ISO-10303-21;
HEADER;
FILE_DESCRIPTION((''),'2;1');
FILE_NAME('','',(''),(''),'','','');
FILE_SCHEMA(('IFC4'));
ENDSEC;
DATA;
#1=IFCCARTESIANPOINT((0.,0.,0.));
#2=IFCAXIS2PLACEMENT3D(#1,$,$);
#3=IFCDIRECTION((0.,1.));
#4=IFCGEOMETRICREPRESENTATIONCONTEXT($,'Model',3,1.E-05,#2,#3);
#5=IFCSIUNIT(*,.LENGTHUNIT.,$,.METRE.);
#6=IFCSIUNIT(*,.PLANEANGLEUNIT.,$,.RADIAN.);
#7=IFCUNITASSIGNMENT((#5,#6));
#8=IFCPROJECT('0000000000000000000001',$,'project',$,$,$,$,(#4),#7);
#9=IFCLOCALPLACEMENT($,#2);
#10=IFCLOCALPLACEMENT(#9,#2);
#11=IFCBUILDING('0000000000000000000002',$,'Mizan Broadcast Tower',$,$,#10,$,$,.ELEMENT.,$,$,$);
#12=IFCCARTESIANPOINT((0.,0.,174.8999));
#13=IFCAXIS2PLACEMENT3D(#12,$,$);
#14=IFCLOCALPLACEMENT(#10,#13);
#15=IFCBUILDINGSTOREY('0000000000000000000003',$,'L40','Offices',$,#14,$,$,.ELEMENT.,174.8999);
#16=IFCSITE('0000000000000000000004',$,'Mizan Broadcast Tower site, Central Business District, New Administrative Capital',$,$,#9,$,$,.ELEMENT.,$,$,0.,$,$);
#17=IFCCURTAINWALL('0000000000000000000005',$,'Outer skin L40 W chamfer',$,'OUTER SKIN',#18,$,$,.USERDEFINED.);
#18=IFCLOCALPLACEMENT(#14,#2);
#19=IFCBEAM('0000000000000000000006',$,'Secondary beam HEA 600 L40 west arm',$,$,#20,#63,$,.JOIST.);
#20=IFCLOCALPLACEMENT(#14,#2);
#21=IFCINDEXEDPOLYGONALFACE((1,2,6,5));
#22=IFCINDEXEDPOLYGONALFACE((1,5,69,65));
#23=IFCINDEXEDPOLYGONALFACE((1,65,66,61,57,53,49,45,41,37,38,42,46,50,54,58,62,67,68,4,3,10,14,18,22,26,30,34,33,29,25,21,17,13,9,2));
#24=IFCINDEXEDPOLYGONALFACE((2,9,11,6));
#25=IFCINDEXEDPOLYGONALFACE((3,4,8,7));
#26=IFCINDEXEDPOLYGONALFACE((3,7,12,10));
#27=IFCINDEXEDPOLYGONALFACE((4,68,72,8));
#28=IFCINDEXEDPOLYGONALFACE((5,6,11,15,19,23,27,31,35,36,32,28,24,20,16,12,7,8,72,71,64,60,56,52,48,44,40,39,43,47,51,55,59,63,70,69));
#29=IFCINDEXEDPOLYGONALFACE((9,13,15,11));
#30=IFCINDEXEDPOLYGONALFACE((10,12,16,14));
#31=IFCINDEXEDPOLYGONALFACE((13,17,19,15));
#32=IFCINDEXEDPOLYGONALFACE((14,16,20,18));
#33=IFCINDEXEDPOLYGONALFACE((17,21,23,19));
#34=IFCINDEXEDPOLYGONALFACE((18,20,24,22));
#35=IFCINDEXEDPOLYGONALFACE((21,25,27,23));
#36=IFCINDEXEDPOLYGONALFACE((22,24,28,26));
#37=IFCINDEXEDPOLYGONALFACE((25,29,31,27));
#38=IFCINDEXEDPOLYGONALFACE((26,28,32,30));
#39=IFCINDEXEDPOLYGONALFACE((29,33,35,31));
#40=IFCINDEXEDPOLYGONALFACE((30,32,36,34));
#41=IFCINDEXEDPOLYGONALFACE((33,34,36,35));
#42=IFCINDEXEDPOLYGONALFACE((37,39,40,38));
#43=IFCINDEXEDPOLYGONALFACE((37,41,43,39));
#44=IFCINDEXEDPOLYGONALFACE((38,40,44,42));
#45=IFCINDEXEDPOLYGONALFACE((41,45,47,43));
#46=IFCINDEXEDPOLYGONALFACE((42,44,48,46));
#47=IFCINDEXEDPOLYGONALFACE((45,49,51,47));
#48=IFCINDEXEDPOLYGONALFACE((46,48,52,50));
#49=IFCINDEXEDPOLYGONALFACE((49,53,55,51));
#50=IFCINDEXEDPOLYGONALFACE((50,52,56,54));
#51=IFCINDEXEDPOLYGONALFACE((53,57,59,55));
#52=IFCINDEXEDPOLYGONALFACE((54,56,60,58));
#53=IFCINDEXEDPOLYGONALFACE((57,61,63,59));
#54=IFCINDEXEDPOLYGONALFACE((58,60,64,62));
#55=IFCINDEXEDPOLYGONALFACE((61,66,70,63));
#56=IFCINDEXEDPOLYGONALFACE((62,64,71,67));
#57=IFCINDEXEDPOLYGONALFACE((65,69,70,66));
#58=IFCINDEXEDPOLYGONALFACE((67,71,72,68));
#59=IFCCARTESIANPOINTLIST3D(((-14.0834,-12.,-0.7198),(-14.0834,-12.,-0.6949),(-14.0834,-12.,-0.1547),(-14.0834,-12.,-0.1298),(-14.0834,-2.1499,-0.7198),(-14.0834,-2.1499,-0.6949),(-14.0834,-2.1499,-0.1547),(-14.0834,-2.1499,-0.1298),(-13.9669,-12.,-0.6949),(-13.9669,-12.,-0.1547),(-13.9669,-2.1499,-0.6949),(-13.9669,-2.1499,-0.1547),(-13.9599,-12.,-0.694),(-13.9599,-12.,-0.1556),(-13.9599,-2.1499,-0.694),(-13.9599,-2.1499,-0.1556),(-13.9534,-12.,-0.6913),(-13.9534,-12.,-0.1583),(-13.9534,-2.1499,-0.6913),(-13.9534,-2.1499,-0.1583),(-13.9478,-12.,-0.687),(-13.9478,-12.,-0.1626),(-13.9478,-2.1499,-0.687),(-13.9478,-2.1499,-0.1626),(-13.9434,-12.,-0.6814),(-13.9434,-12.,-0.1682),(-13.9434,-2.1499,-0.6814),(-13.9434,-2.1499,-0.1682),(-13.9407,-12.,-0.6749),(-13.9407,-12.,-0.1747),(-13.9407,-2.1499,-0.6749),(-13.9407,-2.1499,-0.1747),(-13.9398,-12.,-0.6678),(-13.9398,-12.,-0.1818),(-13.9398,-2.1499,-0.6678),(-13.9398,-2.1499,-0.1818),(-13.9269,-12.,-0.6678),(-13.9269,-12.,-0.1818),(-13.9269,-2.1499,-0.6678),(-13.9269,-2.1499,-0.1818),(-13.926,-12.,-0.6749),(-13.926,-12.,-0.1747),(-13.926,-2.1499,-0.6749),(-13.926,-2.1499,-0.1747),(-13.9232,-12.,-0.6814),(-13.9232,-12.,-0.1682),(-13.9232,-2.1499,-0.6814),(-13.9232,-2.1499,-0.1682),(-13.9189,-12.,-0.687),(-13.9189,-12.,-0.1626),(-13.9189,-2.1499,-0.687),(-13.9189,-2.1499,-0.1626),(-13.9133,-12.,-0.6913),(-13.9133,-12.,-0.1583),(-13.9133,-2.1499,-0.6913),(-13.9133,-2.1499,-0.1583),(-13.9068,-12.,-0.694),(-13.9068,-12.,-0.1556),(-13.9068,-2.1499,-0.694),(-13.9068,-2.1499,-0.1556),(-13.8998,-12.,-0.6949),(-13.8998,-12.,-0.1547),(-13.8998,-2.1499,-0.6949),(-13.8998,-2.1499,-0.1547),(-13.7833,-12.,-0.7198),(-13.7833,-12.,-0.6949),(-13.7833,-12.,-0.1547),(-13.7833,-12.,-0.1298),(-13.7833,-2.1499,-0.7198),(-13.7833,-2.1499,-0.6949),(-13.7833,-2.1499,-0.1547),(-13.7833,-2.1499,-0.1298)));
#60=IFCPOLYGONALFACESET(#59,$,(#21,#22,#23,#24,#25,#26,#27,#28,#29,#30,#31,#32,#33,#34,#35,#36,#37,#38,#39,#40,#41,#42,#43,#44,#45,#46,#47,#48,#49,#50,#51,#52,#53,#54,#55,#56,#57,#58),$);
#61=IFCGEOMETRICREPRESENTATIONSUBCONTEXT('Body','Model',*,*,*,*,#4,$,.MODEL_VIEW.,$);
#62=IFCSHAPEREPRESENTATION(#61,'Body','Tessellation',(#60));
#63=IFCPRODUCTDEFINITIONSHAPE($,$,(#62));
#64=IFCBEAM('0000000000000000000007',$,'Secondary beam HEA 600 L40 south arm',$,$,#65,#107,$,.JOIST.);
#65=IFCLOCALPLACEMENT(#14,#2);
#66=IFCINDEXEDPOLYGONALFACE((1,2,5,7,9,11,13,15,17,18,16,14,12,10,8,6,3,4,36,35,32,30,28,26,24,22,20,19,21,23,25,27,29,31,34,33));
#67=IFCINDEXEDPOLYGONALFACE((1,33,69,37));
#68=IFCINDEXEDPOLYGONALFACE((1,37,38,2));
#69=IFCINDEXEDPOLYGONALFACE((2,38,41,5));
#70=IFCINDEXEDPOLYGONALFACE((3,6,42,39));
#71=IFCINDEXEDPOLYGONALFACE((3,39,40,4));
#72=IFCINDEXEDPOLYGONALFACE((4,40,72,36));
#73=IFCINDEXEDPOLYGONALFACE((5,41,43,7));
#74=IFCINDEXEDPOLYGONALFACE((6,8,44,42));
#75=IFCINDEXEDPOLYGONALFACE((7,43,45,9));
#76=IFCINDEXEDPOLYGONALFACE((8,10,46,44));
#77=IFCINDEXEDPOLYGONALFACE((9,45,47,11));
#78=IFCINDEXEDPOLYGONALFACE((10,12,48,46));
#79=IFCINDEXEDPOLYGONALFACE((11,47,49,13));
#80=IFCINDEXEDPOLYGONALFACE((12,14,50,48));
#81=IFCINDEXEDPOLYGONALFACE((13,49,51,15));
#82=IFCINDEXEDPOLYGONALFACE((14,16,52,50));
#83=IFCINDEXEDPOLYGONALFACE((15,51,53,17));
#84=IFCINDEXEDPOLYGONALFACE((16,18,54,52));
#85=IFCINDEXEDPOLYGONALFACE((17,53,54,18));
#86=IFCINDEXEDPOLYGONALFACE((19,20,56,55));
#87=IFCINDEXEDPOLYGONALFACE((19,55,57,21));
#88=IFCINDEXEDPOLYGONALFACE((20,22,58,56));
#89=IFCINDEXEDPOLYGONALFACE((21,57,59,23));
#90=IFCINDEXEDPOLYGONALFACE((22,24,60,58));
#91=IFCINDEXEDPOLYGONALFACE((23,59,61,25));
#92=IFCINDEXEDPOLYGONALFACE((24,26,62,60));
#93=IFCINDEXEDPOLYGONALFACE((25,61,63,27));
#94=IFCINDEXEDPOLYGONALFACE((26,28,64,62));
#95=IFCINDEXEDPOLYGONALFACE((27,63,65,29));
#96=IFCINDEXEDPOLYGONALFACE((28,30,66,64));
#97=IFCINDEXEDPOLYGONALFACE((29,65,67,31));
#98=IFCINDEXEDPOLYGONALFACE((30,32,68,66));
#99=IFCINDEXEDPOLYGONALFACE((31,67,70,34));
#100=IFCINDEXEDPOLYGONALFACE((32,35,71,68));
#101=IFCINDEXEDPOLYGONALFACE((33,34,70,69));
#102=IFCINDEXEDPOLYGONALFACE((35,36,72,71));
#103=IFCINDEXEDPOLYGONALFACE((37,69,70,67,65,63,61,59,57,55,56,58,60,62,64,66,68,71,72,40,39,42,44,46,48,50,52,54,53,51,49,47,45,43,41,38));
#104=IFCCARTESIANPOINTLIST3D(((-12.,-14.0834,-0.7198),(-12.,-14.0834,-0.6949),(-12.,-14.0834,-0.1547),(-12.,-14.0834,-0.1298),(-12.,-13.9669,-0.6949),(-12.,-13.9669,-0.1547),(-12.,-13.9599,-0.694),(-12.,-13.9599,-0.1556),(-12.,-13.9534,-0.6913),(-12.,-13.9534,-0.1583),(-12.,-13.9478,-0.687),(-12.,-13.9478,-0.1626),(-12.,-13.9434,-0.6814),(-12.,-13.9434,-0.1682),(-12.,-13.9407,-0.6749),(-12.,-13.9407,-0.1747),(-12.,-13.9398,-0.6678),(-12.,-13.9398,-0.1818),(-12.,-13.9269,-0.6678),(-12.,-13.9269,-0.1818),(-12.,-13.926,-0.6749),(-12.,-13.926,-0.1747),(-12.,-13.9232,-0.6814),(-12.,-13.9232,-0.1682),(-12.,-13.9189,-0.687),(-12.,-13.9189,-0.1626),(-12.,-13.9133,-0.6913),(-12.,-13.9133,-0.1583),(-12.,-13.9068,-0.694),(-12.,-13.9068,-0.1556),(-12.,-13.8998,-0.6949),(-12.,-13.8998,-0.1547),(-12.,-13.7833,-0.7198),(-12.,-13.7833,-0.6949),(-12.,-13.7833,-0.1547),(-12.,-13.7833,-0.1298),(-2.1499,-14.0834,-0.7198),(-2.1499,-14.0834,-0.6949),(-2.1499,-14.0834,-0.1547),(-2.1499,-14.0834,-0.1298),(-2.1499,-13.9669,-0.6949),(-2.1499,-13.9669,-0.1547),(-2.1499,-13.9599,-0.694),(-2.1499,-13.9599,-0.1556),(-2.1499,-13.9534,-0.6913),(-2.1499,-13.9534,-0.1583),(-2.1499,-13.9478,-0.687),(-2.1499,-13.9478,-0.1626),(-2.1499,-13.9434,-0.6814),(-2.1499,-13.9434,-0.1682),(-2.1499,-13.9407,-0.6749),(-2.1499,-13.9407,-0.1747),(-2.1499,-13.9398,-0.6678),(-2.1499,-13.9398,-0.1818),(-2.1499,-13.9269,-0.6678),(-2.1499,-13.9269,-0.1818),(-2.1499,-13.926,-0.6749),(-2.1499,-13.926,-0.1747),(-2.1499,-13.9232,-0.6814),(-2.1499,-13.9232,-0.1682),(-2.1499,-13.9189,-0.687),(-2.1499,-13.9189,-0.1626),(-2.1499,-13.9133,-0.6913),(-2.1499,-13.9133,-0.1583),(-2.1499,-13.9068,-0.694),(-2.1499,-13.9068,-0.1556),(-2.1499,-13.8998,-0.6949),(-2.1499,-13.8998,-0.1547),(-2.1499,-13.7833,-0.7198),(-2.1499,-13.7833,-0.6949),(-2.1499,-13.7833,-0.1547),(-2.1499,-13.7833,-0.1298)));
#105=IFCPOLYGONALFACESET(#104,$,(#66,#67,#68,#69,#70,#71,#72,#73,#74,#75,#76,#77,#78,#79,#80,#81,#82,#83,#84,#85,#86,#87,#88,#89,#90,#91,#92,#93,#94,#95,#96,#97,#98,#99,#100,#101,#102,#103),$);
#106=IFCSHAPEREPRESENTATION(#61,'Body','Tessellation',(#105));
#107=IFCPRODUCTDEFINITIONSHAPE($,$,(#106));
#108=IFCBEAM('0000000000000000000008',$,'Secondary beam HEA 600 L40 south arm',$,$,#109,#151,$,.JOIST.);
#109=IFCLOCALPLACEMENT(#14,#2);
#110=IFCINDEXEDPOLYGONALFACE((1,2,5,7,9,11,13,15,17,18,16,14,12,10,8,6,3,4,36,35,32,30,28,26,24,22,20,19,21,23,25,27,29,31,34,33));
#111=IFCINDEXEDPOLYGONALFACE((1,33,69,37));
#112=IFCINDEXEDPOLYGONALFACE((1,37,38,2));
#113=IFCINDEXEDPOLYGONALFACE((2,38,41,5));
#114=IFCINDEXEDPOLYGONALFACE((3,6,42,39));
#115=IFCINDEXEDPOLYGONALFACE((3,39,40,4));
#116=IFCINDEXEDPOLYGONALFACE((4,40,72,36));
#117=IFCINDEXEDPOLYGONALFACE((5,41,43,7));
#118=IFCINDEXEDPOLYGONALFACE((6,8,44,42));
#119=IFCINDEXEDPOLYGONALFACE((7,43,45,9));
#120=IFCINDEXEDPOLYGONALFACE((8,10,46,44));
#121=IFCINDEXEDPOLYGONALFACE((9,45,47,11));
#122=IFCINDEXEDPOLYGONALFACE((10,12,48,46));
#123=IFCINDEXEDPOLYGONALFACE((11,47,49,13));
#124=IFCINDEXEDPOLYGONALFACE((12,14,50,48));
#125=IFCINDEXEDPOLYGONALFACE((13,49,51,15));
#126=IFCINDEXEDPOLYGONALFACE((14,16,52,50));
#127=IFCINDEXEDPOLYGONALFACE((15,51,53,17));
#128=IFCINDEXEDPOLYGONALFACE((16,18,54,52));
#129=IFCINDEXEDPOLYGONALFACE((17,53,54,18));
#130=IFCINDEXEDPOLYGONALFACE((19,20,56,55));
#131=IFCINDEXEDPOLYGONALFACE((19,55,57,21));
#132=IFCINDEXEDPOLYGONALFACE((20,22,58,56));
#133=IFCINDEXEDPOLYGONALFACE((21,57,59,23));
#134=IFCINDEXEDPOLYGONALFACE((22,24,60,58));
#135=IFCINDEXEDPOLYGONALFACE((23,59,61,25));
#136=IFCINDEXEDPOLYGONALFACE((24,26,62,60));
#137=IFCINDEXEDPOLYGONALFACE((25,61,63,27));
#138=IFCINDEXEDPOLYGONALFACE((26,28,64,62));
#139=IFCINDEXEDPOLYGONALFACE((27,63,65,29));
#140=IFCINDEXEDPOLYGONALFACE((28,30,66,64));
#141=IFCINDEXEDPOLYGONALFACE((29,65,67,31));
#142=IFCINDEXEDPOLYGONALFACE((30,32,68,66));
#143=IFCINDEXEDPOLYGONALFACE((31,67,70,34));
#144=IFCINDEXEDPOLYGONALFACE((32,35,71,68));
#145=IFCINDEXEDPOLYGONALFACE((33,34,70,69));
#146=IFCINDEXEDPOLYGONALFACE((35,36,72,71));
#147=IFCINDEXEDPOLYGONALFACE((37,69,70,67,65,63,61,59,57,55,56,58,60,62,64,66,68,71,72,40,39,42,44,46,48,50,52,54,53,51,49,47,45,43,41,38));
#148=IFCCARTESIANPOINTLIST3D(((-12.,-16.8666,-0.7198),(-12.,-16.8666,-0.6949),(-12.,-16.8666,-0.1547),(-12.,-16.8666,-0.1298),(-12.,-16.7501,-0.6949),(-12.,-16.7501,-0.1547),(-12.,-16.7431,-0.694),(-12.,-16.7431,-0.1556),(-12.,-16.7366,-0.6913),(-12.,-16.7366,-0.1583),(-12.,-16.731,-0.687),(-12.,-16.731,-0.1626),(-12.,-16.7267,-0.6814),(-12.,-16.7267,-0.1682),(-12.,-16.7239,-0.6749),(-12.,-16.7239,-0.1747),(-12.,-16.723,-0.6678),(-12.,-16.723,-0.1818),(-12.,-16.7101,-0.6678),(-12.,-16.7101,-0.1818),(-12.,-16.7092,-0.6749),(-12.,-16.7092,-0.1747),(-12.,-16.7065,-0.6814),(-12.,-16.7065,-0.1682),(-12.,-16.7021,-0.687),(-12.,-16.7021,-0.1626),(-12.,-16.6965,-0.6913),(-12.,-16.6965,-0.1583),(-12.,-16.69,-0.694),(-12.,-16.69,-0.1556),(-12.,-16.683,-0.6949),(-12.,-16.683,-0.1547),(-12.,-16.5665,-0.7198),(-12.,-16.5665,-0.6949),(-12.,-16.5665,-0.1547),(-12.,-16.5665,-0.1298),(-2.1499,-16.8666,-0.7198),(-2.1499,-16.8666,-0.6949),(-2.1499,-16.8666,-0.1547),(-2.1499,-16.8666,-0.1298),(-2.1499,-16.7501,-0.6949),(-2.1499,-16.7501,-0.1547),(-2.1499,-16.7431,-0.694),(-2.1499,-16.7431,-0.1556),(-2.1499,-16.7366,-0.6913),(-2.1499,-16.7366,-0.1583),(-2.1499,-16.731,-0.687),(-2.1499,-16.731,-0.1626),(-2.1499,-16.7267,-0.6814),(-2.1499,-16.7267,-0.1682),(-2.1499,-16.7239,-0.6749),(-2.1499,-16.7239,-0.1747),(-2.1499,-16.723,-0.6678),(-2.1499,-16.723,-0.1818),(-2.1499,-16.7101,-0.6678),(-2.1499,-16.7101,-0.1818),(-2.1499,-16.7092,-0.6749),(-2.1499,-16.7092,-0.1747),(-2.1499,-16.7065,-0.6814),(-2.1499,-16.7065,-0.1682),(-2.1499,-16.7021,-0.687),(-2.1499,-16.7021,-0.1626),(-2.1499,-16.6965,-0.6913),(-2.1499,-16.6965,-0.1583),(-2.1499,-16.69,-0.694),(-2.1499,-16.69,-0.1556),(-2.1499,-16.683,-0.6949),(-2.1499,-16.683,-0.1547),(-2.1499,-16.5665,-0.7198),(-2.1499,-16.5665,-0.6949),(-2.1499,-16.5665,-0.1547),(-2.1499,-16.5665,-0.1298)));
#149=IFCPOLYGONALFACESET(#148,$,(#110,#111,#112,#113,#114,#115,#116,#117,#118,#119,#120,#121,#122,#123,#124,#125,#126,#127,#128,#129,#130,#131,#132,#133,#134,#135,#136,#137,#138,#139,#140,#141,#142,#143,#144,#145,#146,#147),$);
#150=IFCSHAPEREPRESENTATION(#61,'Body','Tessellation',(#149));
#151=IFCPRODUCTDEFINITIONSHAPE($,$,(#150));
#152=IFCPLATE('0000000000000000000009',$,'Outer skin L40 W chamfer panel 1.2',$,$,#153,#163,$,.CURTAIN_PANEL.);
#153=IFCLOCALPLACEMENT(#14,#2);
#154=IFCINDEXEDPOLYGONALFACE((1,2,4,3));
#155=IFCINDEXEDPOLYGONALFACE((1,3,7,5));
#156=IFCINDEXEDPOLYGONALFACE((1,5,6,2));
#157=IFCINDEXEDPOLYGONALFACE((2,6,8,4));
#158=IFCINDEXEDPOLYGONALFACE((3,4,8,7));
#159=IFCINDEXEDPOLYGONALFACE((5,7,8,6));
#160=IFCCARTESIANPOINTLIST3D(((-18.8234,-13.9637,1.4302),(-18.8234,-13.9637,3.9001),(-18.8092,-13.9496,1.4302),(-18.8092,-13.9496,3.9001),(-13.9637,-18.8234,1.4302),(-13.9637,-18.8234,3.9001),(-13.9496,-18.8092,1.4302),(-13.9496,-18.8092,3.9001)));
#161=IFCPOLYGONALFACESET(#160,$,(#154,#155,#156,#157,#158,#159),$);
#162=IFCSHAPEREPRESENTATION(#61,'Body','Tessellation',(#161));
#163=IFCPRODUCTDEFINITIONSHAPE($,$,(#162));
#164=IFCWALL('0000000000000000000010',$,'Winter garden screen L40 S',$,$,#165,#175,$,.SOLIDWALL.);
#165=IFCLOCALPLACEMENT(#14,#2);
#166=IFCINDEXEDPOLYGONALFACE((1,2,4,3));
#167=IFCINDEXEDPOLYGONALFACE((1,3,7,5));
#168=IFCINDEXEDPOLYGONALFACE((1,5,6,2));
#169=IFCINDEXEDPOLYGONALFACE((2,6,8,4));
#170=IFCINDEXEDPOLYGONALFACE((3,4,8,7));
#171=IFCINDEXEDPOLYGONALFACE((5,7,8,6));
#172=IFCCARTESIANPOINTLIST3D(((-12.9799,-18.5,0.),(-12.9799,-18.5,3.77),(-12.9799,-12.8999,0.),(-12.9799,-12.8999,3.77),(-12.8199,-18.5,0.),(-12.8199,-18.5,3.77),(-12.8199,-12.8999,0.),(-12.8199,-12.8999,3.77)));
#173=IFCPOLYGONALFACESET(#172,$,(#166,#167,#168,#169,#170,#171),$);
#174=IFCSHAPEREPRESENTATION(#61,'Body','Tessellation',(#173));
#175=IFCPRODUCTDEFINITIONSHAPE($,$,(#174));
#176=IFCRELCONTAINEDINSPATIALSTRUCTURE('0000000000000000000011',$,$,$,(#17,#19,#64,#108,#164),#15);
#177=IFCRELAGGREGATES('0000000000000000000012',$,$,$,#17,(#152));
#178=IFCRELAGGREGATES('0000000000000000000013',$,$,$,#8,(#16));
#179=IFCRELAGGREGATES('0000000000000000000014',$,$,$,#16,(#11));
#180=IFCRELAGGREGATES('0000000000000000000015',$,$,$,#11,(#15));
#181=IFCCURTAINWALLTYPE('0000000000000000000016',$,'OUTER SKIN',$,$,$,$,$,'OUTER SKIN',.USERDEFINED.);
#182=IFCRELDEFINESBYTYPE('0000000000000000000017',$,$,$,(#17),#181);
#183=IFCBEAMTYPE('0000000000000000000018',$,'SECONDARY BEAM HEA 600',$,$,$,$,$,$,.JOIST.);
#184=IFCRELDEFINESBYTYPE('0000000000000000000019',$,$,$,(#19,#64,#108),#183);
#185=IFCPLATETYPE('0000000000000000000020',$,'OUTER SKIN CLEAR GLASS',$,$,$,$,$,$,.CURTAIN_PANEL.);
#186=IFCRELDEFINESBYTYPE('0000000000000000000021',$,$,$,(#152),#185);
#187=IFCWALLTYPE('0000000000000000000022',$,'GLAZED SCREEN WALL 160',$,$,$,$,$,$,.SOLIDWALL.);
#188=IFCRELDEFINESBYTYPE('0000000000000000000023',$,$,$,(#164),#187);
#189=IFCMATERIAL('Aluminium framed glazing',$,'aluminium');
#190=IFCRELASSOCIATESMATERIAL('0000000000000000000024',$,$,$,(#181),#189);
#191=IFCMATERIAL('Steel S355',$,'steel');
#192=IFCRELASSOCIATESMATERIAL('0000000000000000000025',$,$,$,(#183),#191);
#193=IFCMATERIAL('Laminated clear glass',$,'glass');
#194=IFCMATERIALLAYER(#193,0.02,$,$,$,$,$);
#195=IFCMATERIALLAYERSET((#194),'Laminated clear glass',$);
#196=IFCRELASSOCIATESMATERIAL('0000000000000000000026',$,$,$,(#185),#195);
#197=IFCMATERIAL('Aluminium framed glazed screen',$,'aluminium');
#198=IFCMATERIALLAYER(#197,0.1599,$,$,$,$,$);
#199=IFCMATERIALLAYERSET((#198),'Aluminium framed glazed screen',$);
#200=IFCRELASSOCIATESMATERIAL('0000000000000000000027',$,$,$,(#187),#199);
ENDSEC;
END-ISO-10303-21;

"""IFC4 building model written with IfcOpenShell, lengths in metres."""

from ifc_helpers import new_model, si_unit, direction, frame, frame_2d, origin, origin_2d, place, context, subcontext, project, spatial, rectangle, i_section, extrude, material, layer, layer_set, material_profile, profile_set, type_object, element, aggregate, save


model = new_model("IFC4")

# Units and contexts
model_context = context("Model", 3, precision=1e-05, world=origin(), true_north=direction((0.0, 1.0)))
body_context = subcontext(model_context, "Body", "Model", "MODEL_VIEW")
ifc_project = project(units=[si_unit("LENGTHUNIT", "METRE"), si_unit("PLANEANGLEUNIT", "RADIAN")], contexts=[model_context])

# Site, building, storey
site_placement = place(None, origin())
site = spatial("IfcSite", under=ifc_project, at=site_placement, Name="Mizan Broadcast Tower site, Central Business District, New Administrative Capital", CompositionType="ELEMENT", RefElevation=0.0)
building_placement = place(site_placement, origin())
building = spatial("IfcBuilding", under=site, at=building_placement, Name="Mizan Broadcast Tower", CompositionType="ELEMENT")
storey_placement = place(building_placement, frame((0.0, 0.0, 174.8999)))
storey = spatial("IfcBuildingStorey", under=building, at=storey_placement, Name="L40", Description="Offices", CompositionType="ELEMENT", Elevation=174.8999)

# Curtain wall
ifc_material_1 = material(Name="Aluminium framed glazing", Category="aluminium")
curtain_wall_type_1 = type_object("IfcCurtainWallType", Name="OUTER SKIN", ElementType="OUTER SKIN", PredefinedType="USERDEFINED", material=ifc_material_1)
curtain_wall_1_placement = place(storey_placement, origin())
curtain_wall_1 = element("IfcCurtainWall", 1, at=curtain_wall_1_placement, inside=storey, type_object=curtain_wall_type_1, Name="Outer skin L40 W chamfer", ObjectType="OUTER SKIN", PredefinedType="USERDEFINED")

# Beams
ifc_material_2 = material(Name="Steel S355", Category="steel")
ifc_material_profile_1 = material_profile(ifc_material_2, i_section(OverallWidth=0.3, OverallDepth=0.5901, WebThickness=0.0129, FlangeThickness=0.0249, FilletRadius=0.0271, at=origin_2d()), Name="HEA 600")
ifc_profile_set_1 = profile_set([ifc_material_profile_1], Name="Steel S355")
beam_type_1 = type_object("IfcBeamType", Name="SECONDARY BEAM HEA 600", PredefinedType="JOIST", material=ifc_profile_set_1)
for number, where, z_axis, x_axis, name in (
    (2, (-13.9333, -12.0, -0.4248), (0.0, 1.0, 0.0), (-1.0, 0.0, 0.0), "Secondary beam HEA 600 L40 west arm"),
    (3, (-12.0, -13.9333, -0.4248), (1.0, 0.0, 0.0), (0.0, 1.0, 0.0), "Secondary beam HEA 600 L40 south arm"),
    (4, (-12.0, -16.7166, -0.4248), (1.0, 0.0, 0.0), (0.0, 1.0, 0.0), "Secondary beam HEA 600 L40 south arm"),
):
    element("IfcBeam", number, at=place(storey_placement, frame(where, z_axis=z_axis, x_axis=x_axis)), inside=storey, type_object=beam_type_1, Name=name, PredefinedType="JOIST", context=body_context, shape_type="SweptSolid", body=[
        extrude(i_section(OverallWidth=0.3, OverallDepth=0.5901, WebThickness=0.0129, FlangeThickness=0.0249, FilletRadius=0.0271, at=origin_2d()), origin(), (0.0, 0.0, 1.0), 9.8501),
    ])

# Plate
ifc_material_3 = material(Name="Laminated clear glass", Category="glass")
ifc_layer_1 = layer(ifc_material_3, 0.02)
ifc_layer_set_1 = layer_set([ifc_layer_1], Name="Laminated clear glass")
plate_type = type_object("IfcPlateType", Name="OUTER SKIN CLEAR GLASS", PredefinedType="CURTAIN_PANEL", material=ifc_layer_set_1)
plate_placement = place(storey_placement, frame((-16.3865, -16.3865, 1.4302), z_axis=(0.0, 0.0, 1.0), x_axis=(0.707107, -0.707107, 0.0)))
plate = element("IfcPlate", 5, at=plate_placement, type_object=plate_type, Name="Outer skin L40 W chamfer panel 1.2", PredefinedType="CURTAIN_PANEL", context=body_context, shape_type="SweptSolid", body=[
    extrude(rectangle(XDim=6.8726, YDim=0.02, at=origin_2d()), origin(), (0.0, 0.0, 1.0), 2.47),
])
aggregate(curtain_wall_1, [plate])

# Wall
ifc_material_4 = material(Name="Aluminium framed glazed screen", Category="aluminium")
ifc_layer_2 = layer(ifc_material_4, 0.1599)
ifc_layer_set_2 = layer_set([ifc_layer_2], Name="Aluminium framed glazed screen")
wall_type = type_object("IfcWallType", Name="GLAZED SCREEN WALL 160", PredefinedType="SOLIDWALL", material=ifc_layer_set_2)
wall_placement = place(storey_placement, frame((-12.8999, -12.8999, 0.0), z_axis=(0.0, 0.0, 1.0), x_axis=(0.0, -1.0, 0.0)))
element("IfcWall", 6, at=wall_placement, inside=storey, type_object=wall_type, Name="Winter garden screen L40 S", PredefinedType="SOLIDWALL", context=body_context, shape_type="SweptSolid", body=[
    extrude(rectangle(XDim=5.6001, YDim=0.1599, at=frame_2d((2.8, 0.0))), origin(), (0.0, 0.0, 1.0), 3.77),
])

save(model, "model.ifc")
